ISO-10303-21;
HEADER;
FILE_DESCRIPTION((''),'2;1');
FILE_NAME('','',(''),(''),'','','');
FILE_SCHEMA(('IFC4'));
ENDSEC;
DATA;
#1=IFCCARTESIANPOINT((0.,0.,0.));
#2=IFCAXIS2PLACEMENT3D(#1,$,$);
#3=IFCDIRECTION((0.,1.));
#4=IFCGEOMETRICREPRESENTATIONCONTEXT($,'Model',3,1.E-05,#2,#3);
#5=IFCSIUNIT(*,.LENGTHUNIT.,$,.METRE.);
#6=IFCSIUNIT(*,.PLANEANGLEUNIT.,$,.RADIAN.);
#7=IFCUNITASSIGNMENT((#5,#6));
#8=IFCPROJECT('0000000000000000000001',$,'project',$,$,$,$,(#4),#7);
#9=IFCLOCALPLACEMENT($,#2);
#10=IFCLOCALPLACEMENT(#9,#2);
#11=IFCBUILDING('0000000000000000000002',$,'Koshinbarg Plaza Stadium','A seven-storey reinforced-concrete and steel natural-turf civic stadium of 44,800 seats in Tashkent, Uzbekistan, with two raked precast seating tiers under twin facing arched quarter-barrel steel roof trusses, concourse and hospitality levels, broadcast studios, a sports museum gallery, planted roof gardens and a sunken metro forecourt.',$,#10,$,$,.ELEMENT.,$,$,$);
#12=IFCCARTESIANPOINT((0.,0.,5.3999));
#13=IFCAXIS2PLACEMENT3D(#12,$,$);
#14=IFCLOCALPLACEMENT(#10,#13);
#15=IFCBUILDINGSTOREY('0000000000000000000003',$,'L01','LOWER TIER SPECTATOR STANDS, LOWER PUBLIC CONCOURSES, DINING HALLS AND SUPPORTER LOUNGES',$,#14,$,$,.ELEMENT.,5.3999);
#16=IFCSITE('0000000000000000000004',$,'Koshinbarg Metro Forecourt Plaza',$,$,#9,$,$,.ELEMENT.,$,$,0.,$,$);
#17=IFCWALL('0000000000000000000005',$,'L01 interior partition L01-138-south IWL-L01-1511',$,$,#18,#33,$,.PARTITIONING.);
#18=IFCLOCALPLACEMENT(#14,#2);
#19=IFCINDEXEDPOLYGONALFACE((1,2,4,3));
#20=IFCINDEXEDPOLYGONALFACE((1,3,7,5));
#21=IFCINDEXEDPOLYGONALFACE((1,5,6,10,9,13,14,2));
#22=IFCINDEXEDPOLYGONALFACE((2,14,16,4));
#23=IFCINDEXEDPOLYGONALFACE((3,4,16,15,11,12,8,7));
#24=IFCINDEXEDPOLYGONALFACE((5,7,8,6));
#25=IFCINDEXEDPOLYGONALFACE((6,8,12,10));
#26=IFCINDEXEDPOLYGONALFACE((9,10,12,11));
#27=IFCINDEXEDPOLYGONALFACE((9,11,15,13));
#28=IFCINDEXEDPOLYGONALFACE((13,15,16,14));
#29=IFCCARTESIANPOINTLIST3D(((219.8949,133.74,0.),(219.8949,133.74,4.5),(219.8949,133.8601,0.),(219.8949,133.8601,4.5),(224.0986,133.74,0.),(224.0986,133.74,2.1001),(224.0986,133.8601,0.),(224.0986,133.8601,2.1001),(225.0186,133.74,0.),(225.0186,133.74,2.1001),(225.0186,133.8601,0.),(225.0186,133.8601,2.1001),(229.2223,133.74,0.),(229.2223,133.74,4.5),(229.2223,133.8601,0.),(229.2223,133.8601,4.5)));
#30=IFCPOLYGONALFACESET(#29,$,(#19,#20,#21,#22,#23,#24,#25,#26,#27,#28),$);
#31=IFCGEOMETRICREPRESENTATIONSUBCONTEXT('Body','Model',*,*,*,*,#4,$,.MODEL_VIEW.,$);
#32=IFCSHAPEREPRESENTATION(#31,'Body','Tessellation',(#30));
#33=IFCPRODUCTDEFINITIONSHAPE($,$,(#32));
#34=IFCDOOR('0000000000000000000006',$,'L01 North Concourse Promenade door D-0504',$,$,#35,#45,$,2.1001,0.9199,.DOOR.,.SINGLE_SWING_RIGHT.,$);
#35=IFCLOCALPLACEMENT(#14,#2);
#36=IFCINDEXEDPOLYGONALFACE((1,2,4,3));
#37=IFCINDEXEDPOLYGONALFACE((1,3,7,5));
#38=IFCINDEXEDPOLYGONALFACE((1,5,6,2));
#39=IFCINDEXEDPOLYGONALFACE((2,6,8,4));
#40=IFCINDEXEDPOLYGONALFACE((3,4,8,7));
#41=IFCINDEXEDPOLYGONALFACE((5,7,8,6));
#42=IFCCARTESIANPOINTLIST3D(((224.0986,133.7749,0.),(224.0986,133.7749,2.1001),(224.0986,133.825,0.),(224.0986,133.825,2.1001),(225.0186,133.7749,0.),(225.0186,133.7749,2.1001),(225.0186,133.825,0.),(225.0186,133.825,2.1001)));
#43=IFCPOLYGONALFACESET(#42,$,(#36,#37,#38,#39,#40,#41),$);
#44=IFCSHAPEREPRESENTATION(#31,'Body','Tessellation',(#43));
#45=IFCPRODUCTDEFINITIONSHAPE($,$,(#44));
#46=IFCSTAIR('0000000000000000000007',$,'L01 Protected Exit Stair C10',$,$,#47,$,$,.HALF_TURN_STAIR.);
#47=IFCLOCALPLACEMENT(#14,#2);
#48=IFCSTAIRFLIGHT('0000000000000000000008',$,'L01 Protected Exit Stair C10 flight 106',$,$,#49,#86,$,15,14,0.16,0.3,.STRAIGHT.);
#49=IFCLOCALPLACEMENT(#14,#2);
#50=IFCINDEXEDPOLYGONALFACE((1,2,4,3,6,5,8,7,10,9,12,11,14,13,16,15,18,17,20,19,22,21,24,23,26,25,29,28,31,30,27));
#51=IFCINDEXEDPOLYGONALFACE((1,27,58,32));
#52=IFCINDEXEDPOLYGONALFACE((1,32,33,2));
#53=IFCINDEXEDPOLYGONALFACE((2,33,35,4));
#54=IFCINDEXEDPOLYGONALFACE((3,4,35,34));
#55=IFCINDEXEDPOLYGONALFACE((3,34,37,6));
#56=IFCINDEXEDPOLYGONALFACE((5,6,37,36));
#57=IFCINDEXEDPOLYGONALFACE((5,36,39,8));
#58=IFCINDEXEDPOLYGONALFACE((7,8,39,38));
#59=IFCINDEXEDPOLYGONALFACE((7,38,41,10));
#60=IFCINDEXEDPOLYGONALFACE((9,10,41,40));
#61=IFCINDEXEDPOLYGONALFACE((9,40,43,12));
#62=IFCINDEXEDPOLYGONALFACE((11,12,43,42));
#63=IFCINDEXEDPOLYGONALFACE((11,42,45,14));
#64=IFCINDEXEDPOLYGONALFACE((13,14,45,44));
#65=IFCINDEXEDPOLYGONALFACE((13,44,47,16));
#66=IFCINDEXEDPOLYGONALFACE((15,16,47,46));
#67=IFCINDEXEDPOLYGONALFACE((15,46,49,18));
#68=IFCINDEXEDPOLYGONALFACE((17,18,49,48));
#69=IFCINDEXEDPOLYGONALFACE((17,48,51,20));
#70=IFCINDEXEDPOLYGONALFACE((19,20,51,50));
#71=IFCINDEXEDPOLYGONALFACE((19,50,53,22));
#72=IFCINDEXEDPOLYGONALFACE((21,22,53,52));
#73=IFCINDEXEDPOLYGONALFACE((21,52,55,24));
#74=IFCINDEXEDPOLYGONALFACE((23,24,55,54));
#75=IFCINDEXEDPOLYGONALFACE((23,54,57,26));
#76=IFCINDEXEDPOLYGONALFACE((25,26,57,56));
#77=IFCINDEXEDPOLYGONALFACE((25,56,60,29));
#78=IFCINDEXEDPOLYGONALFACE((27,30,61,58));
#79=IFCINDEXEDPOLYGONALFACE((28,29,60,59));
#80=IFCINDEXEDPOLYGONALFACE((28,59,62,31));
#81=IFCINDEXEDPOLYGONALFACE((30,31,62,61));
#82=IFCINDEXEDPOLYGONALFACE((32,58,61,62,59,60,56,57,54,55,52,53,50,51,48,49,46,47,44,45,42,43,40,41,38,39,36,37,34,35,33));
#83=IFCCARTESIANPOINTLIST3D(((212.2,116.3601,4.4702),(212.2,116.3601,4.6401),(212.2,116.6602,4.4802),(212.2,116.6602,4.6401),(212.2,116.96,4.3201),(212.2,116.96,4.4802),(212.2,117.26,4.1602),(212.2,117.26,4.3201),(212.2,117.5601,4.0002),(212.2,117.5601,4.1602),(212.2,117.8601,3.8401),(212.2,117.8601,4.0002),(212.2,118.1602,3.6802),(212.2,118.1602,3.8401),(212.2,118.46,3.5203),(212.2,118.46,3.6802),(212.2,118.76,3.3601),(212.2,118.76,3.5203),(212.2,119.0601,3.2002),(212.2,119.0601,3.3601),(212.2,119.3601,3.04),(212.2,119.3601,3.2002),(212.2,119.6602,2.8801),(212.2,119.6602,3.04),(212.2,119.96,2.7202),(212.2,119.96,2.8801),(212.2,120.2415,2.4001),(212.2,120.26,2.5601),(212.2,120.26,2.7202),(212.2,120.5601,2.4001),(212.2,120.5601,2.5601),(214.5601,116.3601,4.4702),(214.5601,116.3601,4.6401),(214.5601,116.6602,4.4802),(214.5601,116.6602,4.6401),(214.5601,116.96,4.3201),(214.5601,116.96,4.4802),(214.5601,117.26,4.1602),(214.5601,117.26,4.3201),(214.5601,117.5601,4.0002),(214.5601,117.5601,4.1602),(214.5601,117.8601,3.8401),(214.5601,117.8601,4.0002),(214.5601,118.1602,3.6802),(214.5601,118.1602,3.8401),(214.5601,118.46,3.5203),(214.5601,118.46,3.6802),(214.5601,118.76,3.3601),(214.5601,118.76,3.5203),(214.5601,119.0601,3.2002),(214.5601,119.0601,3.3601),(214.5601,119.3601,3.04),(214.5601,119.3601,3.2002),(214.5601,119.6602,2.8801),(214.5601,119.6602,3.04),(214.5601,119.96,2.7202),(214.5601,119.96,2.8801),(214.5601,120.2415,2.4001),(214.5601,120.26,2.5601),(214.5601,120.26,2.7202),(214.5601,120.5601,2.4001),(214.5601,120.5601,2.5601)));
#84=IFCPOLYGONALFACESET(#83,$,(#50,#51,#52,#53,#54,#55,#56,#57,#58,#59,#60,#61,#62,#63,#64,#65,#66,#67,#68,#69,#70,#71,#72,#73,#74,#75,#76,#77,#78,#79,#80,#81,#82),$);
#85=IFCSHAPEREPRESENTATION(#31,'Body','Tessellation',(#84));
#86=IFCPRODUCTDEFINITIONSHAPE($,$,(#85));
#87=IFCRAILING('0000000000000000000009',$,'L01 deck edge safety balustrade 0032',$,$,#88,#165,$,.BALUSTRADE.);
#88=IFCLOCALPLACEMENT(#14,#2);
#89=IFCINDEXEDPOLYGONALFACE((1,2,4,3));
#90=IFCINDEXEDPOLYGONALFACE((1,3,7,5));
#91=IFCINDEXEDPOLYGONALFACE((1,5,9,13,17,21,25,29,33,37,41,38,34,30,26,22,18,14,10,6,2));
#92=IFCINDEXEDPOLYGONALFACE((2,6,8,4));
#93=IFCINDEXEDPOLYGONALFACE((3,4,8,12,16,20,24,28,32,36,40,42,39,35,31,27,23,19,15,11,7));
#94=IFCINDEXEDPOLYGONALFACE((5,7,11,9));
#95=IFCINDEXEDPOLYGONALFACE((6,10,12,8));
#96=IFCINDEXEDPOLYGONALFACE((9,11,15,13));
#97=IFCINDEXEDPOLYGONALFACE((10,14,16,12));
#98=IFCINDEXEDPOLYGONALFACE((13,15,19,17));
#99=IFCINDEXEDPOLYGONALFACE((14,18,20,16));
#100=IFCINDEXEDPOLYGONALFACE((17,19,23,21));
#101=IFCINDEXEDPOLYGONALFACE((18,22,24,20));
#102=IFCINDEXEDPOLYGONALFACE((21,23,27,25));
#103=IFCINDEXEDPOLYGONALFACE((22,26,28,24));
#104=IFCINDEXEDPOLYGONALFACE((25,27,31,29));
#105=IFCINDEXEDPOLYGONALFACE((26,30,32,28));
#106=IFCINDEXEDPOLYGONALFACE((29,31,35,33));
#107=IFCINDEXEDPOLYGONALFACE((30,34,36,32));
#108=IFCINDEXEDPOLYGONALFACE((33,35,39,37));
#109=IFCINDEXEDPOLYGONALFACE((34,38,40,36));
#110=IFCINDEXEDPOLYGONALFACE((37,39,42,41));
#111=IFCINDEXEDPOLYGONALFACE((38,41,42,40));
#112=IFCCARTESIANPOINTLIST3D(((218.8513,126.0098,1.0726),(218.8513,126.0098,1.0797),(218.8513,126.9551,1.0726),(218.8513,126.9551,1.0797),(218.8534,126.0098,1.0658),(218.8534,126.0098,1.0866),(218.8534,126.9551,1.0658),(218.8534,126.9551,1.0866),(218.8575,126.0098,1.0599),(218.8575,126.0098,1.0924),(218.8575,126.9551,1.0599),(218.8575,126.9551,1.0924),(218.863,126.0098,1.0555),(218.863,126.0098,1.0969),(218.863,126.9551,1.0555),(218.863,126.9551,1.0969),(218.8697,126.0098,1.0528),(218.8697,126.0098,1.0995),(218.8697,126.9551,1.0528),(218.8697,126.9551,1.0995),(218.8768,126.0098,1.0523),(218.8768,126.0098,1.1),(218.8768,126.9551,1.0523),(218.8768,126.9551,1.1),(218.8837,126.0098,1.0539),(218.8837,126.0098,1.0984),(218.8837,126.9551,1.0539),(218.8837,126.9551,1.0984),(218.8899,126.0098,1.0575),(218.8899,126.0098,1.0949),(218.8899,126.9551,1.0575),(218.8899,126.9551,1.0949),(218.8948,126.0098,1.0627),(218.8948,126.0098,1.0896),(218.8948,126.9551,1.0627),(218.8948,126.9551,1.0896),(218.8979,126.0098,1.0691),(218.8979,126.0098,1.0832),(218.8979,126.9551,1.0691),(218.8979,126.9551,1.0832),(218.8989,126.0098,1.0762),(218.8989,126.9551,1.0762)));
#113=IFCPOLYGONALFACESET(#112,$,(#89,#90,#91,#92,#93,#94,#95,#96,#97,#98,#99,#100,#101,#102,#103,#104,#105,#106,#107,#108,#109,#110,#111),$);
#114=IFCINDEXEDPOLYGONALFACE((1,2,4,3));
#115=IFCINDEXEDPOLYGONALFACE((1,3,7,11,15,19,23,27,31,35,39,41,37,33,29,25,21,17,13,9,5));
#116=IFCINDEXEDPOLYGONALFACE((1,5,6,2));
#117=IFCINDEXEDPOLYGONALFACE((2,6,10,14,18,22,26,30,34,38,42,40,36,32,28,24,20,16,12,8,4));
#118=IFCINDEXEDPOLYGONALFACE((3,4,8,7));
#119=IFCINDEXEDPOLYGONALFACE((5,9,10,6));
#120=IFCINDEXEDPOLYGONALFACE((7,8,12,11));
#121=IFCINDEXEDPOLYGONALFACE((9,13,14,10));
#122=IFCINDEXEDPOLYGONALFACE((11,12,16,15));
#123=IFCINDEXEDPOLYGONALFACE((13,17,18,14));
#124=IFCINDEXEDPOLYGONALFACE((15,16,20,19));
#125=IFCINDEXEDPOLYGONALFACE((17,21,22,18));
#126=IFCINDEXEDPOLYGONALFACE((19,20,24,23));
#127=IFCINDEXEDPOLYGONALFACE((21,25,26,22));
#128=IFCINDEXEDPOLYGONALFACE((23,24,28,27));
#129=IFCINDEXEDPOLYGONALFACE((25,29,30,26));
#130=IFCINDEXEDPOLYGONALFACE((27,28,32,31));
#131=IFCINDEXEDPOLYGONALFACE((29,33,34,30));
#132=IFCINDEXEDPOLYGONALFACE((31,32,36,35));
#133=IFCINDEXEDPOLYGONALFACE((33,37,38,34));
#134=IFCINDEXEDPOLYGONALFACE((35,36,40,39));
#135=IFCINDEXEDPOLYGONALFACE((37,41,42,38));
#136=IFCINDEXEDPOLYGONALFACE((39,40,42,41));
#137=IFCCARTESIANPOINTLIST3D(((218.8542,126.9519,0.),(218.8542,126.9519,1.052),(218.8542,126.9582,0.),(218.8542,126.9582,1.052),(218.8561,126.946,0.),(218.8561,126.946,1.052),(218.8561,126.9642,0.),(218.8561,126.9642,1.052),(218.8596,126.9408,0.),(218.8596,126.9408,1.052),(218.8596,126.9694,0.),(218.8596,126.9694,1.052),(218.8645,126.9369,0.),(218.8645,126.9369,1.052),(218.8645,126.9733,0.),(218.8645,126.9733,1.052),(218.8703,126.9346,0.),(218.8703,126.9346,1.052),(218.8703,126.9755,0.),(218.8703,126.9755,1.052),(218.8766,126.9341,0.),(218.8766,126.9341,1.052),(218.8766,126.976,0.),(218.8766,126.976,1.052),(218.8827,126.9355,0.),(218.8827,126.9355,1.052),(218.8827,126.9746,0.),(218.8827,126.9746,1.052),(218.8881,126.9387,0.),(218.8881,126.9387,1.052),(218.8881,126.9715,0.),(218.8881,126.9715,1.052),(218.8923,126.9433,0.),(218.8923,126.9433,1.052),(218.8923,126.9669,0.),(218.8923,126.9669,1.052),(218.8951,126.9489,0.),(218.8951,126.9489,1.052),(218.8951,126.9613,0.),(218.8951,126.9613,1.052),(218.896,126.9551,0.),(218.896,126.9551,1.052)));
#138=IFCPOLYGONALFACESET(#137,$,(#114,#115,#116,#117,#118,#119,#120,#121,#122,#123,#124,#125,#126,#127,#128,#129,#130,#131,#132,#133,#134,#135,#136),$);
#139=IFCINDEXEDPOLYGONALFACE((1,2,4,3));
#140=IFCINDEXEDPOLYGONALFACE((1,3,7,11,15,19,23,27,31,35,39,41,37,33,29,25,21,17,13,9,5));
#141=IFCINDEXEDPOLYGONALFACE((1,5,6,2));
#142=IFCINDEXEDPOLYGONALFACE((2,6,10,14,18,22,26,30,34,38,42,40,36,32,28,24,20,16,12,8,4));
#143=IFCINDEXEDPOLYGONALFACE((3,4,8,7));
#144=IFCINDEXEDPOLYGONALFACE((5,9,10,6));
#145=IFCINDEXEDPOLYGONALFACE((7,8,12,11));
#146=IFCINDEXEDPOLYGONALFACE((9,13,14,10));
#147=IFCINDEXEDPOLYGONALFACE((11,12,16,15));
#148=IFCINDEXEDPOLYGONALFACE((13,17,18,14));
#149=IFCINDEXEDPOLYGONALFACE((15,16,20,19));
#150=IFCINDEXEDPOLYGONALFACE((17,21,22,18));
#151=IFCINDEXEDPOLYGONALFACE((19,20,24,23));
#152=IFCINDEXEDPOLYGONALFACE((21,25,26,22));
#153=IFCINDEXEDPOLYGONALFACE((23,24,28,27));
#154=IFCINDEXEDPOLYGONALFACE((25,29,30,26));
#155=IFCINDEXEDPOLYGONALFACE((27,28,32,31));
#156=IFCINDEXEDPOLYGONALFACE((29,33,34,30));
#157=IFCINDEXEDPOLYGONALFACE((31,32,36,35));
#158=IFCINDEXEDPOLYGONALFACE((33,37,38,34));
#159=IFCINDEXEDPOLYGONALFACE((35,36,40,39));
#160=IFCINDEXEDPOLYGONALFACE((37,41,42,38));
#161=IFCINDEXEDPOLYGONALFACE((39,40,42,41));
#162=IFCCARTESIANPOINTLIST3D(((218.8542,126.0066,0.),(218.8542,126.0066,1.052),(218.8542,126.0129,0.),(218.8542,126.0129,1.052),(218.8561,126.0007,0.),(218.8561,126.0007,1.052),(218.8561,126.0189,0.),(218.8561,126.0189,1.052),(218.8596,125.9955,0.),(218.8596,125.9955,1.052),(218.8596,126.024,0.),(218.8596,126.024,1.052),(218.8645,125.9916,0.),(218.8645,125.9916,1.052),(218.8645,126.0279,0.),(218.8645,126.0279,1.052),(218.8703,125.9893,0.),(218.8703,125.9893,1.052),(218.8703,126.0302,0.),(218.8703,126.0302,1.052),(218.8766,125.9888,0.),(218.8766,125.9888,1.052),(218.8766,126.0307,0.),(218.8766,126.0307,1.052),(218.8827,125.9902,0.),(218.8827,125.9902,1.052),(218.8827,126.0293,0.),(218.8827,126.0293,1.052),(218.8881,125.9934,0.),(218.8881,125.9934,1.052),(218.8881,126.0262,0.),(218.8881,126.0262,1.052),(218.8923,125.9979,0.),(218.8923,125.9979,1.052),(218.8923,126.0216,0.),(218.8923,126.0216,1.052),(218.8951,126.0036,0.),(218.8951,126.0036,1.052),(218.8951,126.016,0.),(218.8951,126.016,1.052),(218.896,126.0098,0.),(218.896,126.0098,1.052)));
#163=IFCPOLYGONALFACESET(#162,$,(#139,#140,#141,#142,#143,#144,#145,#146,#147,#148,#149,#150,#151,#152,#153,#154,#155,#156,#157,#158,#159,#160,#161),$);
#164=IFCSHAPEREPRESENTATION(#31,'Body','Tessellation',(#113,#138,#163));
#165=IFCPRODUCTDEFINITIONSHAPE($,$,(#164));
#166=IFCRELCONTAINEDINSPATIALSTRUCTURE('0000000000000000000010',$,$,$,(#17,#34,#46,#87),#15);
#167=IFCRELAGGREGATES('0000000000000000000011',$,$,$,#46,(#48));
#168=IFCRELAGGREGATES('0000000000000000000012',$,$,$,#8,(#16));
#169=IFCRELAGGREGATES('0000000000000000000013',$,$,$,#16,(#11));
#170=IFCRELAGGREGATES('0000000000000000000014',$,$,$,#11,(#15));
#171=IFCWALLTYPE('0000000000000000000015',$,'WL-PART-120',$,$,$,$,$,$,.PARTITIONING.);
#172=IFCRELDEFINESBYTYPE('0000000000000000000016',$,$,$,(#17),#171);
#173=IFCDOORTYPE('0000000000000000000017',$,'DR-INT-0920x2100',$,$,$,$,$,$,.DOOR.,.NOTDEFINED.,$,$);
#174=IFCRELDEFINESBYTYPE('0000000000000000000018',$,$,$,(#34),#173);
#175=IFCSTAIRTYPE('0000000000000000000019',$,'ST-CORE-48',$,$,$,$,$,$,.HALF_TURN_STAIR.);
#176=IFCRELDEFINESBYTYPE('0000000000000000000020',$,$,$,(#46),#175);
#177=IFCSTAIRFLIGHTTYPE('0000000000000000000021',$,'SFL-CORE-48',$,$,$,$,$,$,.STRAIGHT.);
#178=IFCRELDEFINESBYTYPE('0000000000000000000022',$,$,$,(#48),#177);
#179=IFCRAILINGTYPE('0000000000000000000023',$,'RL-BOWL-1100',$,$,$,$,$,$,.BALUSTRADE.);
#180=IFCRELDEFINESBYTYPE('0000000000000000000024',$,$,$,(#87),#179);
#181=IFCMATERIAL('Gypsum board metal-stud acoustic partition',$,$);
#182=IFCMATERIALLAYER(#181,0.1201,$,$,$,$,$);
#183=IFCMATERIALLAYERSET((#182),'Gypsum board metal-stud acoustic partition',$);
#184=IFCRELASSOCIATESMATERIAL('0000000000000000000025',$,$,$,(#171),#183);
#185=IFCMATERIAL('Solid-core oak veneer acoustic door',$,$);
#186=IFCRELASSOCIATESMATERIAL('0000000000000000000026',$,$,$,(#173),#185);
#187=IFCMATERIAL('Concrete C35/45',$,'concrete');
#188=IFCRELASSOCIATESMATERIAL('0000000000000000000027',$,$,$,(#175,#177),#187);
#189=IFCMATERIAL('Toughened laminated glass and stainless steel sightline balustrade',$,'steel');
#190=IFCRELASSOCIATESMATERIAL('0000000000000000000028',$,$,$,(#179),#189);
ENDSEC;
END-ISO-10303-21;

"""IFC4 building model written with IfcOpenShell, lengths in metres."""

from ifc_helpers import new_model, si_unit, direction, frame, frame_2d, origin, origin_2d, place, context, subcontext, project, spatial, polyline, rectangle, circle, outline, extrude, material, layer, layer_set, type_object, element, fill, aggregate, save


model = new_model("IFC4")

# Units and contexts
model_context = context("Model", 3, precision=1e-05, world=origin(), true_north=direction((0.0, 1.0)))
body_context = subcontext(model_context, "Body", "Model", "MODEL_VIEW")
ifc_project = project(units=[si_unit("LENGTHUNIT", "METRE"), si_unit("PLANEANGLEUNIT", "RADIAN")], contexts=[model_context])

# Site, building, storey
site_placement = place(None, origin())
site = spatial("IfcSite", under=ifc_project, at=site_placement, Name="Koshinbarg Metro Forecourt Plaza", CompositionType="ELEMENT", RefElevation=0.0)
building_placement = place(site_placement, origin())
building = spatial("IfcBuilding", under=site, at=building_placement, Name="Koshinbarg Plaza Stadium", Description="A seven-storey reinforced-concrete and steel natural-turf civic stadium of 44,800 seats in Tashkent, Uzbekistan, with two raked precast seating tiers under twin facing arched quarter-barrel steel roof trusses, concourse and hospitality levels, broadcast studios, a sports museum gallery, planted roof gardens and a sunken metro forecourt.", CompositionType="ELEMENT")
storey_placement = place(building_placement, frame((0.0, 0.0, 5.3999)))
storey = spatial("IfcBuildingStorey", under=building, at=storey_placement, Name="L01", Description="LOWER TIER SPECTATOR STANDS, LOWER PUBLIC CONCOURSES, DINING HALLS AND SUPPORTER LOUNGES", CompositionType="ELEMENT", Elevation=5.3999)

# Shared definitions
ifc_material_1 = material(Name="Gypsum board metal-stud acoustic partition")
ifc_layer_1 = layer(ifc_material_1, 0.1201)
ifc_layer_set_1 = layer_set([ifc_layer_1], Name="Gypsum board metal-stud acoustic partition")
wall_type_1 = type_object("IfcWallType", Name="WL-PART-120", PredefinedType="PARTITIONING", material=ifc_layer_set_1)

# Wall, opening, door
wall_1_placement = place(storey_placement, frame((219.895, 133.8, 0.0), z_axis=(0.0, 0.0, 1.0), x_axis=(1.0, 0.0, 0.0)))
wall_1 = element("IfcWall", 1, at=wall_1_placement, inside=storey, type_object=wall_type_1, Name="L01 interior partition L01-138-south IWL-L01-1511", PredefinedType="PARTITIONING", context=body_context, shape_type="SweptSolid", body=[
    extrude(rectangle(XDim=9.3274, YDim=0.1201, at=frame_2d((4.6636, 0.0))), origin(), (0.0, 0.0, 1.0), 4.5),
])
opening_1_placement = place(wall_1_placement, frame((4.2036, 0.0, 0.0)))
opening_1 = element("IfcOpeningElement", 2, at=opening_1_placement, cuts=wall_1, PredefinedType="OPENING", context=body_context, shape_type="SweptSolid", body=[
    extrude(rectangle(XDim=0.9199, YDim=2.1001, at=frame_2d((0.46, 1.05))), frame((0.0, 0.0701, 0.0), z_axis=(0.0, -1.0, 0.0), x_axis=(1.0, 0.0, 0.0)), (0.0, 0.0, 1.0), 0.1401),
])
ifc_material_2 = material(Name="Solid-core oak veneer acoustic door")
door_type_1 = type_object("IfcDoorType", Name="DR-INT-0920x2100", OperationType="NOTDEFINED", PredefinedType="DOOR", material=ifc_material_2)
door_1_placement = place(opening_1_placement, origin())
door_1 = element("IfcDoor", 3, at=door_1_placement, inside=storey, type_object=door_type_1, Name="L01 North Concourse Promenade door D-0504", OperationType="SINGLE_SWING_RIGHT", OverallHeight=2.1001, OverallWidth=0.9199, PredefinedType="DOOR", context=body_context, shape_type="SweptSolid", body=[
    extrude(rectangle(XDim=0.9199, YDim=2.1001, at=frame_2d((0.46, 1.05))), frame((0.0, 0.0249, 0.0), z_axis=(0.0, -1.0, 0.0), x_axis=(1.0, 0.0, 0.0)), (0.0, 0.0, 1.0), 0.05),
])
fill(opening_1, door_1)

# Stair, stair flight
ifc_material_3 = material(Name="Concrete C35/45", Category="concrete")
stair_type = type_object("IfcStairType", Name="ST-CORE-48", PredefinedType="HALF_TURN_STAIR", material=ifc_material_3)
stair_placement = place(storey_placement, origin())
stair = element("IfcStair", 4, at=stair_placement, inside=storey, type_object=stair_type, Name="L01 Protected Exit Stair C10", PredefinedType="HALF_TURN_STAIR")
stair_flight_type = type_object("IfcStairFlightType", Name="SFL-CORE-48", PredefinedType="STRAIGHT", material=ifc_material_3)
stair_flight_placement = place(storey_placement, frame((213.3799, 120.5601, 2.4001), z_axis=(0.0, 0.0, 1.0), x_axis=(0.0, -1.0, 0.0)))
stair_flight = element("IfcStairFlight", 5, at=stair_flight_placement, type_object=stair_flight_type, Name="L01 Protected Exit Stair C10 flight 106", NumberOfRisers=15, NumberOfTreads=14, PredefinedType="STRAIGHT", RiserHeight=0.16, TreadLength=0.3, context=body_context, shape_type="SweptSolid", body=[
    extrude(outline(polyline([(0.0, 0.0), (0.0, 0.1599), (0.3, 0.1599), (0.3, 0.3201), (0.6001, 0.3201), (0.6001, 0.48), (0.8999, 0.48), (0.8999, 0.6399), (1.2, 0.6399), (1.2, 0.8), (1.5, 0.8), (1.5, 0.96), (1.8, 0.96), (1.8, 1.1201), (2.1001, 1.1201), (2.1001, 1.28), (2.3999, 1.28), (2.3999, 1.4399), (2.7, 1.4399), (2.7, 1.6001), (3.0, 1.6001), (3.0, 1.76), (3.3, 1.76), (3.3, 1.9199), (3.6001, 1.9199), (3.6001, 2.0801), (3.8999, 2.0801), (3.8999, 2.24), (4.2, 2.24), (4.2, 2.3999), (4.2, 2.0701), (0.3186, 0.0), (0.0, 0.0)])), frame((0.0, 1.1802, 0.0), z_axis=(0.0, -1.0, 0.0), x_axis=(1.0, 0.0, 0.0)), (0.0, 0.0, 1.0), 2.3601),
])
aggregate(stair, [stair_flight])

# Railing
ifc_material_4 = material(Name="Toughened laminated glass and stainless steel sightline balustrade", Category="steel")
railing_type_1 = type_object("IfcRailingType", Name="RL-BOWL-1100", PredefinedType="BALUSTRADE", material=ifc_material_4)
railing_1_placement = place(storey_placement, frame((218.875, 126.9551, 0.0)))
element("IfcRailing", 6, at=railing_1_placement, inside=storey, type_object=railing_type_1, Name="L01 deck edge safety balustrade 0032", PredefinedType="BALUSTRADE", context=body_context, shape_type="SweptSolid", body=[
    extrude(circle(Radius=0.0239, at=origin_2d()), frame((0.0, 0.0, 1.0762), z_axis=(0.0, -1.0, 0.0), x_axis=(1.0, 0.0, 0.0)), (0.0, 0.0, 1.0), 0.9453),
    extrude(circle(Radius=0.021, at=origin_2d()), origin(), (0.0, 0.0, 1.0), 1.052),
    extrude(circle(Radius=0.021, at=origin_2d()), frame((0.0, -0.9453, 0.0)), (0.0, 0.0, 1.0), 1.052),
])

save(model, "model.ifc")
